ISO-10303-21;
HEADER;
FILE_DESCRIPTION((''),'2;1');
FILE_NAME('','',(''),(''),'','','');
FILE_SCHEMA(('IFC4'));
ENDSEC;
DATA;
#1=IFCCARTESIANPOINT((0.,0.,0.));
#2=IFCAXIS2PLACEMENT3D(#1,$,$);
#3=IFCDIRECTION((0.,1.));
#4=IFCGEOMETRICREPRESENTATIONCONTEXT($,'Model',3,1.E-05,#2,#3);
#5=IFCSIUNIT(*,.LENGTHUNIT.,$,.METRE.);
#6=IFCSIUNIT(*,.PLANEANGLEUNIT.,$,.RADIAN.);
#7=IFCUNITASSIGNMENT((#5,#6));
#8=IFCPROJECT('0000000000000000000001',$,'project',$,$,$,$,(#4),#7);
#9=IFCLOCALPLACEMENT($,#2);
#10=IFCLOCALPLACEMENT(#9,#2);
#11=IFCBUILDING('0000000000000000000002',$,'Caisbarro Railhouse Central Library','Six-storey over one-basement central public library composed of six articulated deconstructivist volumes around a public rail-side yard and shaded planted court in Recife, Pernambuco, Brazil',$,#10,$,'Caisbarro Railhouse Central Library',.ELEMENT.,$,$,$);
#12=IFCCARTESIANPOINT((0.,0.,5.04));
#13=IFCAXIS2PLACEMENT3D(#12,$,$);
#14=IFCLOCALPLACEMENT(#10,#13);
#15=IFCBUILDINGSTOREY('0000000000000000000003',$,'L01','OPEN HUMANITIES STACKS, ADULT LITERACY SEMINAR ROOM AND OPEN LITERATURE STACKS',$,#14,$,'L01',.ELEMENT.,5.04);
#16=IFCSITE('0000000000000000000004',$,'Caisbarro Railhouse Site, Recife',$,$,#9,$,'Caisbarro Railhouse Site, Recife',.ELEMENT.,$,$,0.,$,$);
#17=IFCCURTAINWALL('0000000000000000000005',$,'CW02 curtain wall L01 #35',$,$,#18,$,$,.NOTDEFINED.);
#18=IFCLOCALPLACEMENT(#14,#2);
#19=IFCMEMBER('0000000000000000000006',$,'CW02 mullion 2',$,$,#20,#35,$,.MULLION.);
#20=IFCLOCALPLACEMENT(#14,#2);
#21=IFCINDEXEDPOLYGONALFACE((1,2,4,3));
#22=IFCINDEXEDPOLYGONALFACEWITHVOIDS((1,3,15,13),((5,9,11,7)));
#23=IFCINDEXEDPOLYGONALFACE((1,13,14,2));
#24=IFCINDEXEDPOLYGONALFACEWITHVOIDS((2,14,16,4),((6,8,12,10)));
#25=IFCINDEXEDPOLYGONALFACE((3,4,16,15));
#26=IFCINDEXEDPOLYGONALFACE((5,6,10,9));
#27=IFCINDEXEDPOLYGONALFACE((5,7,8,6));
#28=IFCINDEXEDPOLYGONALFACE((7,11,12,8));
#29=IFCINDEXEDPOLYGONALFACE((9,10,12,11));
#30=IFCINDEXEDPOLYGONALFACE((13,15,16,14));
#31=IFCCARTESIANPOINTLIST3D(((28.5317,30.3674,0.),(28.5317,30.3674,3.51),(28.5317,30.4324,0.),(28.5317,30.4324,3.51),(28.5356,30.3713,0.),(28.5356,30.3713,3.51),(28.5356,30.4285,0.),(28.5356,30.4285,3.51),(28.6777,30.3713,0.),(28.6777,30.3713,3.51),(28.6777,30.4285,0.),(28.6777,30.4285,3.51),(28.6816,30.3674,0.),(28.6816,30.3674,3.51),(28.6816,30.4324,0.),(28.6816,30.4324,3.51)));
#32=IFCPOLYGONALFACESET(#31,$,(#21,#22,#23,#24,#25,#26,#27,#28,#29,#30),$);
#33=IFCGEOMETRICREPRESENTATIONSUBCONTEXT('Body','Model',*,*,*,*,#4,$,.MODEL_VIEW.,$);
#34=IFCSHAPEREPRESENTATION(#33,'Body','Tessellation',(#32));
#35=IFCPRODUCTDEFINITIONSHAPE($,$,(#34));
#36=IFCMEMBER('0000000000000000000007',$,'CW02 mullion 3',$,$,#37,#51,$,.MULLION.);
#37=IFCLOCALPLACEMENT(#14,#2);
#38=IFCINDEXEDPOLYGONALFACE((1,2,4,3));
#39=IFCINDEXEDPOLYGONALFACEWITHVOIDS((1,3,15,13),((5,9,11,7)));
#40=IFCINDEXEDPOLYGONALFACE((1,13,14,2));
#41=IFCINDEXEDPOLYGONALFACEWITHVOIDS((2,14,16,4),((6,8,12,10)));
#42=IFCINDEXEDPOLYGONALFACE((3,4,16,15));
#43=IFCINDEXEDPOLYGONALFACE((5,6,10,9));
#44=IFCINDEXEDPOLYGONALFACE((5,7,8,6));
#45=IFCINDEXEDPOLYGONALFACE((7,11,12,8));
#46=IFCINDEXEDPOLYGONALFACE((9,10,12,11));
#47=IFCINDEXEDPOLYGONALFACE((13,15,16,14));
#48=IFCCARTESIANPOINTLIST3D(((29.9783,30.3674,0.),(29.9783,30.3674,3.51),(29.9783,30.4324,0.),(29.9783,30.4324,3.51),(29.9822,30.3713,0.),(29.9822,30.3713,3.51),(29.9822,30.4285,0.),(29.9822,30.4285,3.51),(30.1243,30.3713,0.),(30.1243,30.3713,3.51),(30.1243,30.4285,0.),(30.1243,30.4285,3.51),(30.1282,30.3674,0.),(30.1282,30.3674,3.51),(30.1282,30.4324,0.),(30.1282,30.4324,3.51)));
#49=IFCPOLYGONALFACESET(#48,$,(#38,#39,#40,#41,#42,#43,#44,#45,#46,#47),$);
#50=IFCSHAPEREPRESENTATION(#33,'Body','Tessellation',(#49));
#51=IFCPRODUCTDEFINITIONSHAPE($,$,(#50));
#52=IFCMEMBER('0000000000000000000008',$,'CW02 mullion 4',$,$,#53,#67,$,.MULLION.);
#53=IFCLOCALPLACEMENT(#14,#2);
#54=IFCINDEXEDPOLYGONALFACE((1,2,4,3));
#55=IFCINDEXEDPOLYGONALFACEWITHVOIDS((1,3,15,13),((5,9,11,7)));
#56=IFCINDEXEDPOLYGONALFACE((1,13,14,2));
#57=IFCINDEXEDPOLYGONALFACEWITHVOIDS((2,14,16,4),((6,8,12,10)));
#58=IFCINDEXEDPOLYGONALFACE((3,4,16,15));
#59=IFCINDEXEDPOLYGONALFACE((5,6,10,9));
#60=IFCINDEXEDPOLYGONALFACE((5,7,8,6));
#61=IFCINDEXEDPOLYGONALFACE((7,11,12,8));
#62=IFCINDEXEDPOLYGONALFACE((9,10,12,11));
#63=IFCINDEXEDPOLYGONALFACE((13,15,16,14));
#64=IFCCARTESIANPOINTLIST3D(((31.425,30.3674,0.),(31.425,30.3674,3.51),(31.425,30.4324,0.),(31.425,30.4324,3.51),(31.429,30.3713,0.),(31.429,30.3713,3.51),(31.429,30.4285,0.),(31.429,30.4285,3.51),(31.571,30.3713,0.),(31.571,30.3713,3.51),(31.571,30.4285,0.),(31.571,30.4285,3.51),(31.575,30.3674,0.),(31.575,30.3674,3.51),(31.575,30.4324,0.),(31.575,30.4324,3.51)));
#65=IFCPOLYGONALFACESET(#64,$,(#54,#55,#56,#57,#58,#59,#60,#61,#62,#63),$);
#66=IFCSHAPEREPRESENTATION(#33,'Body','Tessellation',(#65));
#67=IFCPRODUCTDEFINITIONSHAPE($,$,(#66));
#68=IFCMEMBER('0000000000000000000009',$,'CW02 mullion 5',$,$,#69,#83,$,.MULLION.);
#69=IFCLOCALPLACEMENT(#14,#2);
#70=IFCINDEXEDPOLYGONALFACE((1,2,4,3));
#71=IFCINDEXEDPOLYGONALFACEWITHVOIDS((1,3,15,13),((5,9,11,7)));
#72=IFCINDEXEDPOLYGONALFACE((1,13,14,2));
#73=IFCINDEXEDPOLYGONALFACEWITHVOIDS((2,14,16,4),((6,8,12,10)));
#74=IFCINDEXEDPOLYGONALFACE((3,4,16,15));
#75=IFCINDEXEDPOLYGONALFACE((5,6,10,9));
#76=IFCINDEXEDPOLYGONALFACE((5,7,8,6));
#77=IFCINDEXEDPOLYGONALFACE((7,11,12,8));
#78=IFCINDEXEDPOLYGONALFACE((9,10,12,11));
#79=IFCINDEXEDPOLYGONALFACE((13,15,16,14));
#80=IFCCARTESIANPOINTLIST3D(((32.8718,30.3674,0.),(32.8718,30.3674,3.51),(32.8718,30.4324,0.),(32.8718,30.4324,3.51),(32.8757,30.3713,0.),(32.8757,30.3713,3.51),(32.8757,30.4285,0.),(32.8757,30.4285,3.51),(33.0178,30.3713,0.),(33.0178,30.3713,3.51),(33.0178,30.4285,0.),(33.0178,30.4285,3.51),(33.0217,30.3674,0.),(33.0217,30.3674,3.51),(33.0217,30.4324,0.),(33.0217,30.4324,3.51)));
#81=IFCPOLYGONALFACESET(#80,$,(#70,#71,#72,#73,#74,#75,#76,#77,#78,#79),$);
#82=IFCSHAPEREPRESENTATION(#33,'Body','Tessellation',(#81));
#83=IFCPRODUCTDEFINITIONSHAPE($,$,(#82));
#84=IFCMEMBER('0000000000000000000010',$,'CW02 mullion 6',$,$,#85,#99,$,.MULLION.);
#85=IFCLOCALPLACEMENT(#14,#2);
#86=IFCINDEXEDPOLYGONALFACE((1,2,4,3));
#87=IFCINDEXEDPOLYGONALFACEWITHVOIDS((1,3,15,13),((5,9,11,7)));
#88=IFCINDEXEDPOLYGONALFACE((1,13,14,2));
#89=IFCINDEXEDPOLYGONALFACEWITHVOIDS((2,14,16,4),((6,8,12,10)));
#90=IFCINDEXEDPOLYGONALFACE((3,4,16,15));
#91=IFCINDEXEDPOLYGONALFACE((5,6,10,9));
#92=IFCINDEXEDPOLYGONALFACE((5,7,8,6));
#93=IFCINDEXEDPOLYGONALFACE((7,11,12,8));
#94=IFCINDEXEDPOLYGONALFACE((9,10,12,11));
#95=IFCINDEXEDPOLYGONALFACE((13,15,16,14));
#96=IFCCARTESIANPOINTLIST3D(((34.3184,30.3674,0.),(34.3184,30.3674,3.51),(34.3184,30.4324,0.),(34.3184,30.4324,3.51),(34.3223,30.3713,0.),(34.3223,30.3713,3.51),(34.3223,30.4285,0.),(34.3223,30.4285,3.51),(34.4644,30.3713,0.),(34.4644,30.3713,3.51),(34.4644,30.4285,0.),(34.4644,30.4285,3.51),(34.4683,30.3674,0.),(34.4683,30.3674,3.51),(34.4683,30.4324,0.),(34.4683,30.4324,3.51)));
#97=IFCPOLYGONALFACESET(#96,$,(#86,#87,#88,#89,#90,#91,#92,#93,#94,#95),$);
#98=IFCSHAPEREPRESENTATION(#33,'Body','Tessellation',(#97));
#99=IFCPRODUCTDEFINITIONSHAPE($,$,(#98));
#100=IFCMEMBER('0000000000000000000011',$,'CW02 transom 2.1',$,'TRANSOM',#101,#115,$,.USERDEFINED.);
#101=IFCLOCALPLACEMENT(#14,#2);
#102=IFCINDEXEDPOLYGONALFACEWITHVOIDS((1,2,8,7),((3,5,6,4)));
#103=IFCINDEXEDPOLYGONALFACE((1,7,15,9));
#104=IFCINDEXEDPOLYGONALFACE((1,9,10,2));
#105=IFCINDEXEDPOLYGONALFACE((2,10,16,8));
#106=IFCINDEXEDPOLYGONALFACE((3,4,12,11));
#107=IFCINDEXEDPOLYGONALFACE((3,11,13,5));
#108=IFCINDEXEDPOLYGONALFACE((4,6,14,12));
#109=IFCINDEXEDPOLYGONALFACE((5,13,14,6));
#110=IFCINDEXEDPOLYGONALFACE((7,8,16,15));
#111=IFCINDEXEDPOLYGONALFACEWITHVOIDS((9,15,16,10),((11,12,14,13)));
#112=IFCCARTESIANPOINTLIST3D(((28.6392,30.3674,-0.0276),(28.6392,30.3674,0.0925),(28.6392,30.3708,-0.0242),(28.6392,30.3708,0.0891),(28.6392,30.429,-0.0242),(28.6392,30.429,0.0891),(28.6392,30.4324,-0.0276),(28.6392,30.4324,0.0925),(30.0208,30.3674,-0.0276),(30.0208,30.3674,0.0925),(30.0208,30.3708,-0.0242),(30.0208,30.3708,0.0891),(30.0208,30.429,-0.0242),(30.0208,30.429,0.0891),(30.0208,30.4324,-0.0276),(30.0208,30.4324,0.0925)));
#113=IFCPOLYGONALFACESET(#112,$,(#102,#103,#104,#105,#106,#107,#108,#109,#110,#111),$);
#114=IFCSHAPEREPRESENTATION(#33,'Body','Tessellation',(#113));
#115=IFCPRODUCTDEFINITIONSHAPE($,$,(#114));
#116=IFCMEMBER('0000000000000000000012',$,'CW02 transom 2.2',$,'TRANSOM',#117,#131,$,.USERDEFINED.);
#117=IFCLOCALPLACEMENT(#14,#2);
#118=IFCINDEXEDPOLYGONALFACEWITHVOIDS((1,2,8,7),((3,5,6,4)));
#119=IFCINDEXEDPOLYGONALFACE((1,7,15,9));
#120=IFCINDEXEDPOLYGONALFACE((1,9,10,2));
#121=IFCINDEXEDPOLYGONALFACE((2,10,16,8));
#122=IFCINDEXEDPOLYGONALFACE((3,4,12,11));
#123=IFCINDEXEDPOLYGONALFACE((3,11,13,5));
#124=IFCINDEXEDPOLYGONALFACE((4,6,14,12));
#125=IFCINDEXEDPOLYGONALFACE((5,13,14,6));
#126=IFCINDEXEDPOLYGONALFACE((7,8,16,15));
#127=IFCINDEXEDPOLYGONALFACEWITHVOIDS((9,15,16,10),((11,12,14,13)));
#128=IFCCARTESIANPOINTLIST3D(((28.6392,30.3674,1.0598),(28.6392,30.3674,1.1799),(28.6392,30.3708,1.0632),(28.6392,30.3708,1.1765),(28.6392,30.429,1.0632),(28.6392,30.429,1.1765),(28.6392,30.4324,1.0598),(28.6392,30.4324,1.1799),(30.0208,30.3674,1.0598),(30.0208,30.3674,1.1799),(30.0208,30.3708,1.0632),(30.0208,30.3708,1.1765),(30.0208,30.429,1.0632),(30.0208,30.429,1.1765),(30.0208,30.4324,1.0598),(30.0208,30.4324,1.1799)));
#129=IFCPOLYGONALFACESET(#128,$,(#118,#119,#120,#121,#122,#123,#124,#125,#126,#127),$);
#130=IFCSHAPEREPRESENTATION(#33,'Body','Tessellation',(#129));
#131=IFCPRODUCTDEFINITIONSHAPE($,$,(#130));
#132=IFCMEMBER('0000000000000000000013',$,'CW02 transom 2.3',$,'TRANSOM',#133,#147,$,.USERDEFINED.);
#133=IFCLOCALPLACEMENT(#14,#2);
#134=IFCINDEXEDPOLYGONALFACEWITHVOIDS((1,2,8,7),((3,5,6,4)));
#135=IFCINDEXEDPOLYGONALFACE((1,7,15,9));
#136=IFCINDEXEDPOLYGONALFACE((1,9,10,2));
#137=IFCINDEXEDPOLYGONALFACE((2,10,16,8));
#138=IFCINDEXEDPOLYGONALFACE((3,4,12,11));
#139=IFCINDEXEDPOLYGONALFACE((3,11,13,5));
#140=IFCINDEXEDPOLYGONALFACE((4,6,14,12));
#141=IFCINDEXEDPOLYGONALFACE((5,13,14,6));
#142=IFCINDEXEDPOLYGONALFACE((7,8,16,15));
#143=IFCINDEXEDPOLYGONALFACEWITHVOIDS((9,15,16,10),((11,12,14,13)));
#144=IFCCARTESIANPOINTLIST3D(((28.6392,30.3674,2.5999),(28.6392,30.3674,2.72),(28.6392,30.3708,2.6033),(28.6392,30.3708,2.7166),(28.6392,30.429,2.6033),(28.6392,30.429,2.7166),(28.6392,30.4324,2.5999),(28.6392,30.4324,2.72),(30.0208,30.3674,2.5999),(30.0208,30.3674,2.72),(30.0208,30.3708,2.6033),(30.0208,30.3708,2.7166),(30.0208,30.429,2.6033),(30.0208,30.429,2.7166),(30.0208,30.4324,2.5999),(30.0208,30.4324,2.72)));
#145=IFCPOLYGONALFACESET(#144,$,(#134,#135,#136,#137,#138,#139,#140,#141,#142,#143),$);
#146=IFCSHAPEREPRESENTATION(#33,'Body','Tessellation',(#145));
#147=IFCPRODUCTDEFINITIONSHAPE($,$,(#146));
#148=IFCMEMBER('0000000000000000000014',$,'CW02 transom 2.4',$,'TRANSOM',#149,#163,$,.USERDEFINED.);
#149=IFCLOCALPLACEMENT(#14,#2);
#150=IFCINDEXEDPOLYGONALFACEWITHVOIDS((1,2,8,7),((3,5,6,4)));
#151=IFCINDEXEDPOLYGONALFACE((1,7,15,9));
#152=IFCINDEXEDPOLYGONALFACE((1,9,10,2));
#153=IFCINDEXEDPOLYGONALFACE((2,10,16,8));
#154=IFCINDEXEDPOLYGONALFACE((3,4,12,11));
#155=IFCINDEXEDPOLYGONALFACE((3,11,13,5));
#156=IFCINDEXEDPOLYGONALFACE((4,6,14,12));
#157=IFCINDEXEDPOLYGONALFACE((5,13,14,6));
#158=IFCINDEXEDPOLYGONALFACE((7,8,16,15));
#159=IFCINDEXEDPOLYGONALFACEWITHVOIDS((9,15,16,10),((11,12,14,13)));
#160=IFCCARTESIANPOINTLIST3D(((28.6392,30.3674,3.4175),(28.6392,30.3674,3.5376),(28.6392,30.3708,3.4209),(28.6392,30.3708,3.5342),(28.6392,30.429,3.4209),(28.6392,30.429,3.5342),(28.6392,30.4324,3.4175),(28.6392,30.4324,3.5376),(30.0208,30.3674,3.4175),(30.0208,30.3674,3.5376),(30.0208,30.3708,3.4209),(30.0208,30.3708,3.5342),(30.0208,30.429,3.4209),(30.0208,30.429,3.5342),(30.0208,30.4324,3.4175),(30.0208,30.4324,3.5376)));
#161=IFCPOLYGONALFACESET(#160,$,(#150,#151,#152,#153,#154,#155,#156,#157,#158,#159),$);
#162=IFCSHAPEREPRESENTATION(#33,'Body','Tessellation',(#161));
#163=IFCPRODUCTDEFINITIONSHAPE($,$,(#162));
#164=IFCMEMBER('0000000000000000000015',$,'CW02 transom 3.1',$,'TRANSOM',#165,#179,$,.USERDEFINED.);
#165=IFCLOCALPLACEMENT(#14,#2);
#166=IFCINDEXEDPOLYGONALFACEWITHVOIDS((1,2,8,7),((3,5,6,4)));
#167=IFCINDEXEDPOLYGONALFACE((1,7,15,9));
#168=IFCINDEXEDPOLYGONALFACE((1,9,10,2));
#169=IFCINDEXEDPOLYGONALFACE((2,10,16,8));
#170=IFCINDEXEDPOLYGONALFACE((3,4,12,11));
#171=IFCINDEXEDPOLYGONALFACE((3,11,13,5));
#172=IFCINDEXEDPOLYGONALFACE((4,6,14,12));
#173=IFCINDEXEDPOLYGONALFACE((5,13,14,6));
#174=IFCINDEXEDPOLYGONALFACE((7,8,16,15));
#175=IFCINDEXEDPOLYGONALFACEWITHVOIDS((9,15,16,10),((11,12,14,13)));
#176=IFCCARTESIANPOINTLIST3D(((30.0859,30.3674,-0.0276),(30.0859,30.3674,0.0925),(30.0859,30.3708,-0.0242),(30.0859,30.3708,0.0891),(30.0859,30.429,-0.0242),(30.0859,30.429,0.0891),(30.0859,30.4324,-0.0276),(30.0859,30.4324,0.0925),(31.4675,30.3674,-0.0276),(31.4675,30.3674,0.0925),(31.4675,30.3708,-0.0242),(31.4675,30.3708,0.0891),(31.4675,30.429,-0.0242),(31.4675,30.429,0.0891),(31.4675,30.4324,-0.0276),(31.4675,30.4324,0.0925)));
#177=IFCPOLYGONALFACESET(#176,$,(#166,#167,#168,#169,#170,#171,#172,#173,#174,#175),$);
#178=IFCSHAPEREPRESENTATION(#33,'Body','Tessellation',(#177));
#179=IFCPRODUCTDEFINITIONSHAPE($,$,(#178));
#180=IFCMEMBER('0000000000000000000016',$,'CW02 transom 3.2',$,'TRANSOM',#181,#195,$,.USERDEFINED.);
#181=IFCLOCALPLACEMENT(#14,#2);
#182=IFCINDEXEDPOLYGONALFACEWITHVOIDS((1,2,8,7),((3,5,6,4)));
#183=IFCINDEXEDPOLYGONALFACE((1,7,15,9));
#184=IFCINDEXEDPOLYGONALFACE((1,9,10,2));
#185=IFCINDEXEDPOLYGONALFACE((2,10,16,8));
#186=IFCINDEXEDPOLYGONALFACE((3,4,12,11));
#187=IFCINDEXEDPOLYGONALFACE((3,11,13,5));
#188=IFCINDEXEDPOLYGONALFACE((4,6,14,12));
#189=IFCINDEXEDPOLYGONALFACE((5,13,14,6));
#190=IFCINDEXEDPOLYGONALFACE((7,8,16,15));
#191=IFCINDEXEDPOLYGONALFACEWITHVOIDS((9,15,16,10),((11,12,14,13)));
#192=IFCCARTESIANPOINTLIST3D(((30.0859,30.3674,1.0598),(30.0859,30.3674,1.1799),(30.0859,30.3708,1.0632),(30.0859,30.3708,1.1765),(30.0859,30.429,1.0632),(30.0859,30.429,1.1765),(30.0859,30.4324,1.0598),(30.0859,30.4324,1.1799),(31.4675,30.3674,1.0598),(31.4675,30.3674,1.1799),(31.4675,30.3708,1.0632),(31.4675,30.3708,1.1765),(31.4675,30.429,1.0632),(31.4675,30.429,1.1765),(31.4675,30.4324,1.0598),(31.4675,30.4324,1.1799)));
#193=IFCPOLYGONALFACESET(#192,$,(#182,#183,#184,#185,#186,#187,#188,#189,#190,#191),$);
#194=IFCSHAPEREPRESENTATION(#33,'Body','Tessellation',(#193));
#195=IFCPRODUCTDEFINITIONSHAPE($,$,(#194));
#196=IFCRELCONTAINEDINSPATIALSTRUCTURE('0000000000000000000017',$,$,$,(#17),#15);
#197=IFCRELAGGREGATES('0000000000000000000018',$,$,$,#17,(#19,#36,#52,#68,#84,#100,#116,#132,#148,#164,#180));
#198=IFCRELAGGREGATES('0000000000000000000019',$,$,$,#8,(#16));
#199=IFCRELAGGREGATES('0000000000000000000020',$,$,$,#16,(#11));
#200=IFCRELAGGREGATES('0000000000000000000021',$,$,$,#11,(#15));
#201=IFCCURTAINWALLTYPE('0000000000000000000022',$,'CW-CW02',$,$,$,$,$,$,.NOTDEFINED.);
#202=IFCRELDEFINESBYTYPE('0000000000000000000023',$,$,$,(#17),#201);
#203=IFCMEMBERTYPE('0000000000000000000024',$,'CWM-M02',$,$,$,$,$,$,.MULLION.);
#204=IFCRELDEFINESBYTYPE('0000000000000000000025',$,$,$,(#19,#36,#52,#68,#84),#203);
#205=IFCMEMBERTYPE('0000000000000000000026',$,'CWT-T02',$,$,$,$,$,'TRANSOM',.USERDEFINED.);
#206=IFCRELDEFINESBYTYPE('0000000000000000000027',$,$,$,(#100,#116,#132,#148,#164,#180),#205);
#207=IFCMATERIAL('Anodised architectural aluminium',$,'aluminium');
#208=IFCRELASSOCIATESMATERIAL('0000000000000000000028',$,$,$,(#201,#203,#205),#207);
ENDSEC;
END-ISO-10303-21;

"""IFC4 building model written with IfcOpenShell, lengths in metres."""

from ifc_helpers import new_model, si_unit, direction, frame, origin, origin_2d, place, context, subcontext, project, spatial, hollow_rectangle, extrude, material, material_profile, profile_set, type_object, element, aggregate, save


model = new_model("IFC4")

# Units and contexts
model_context = context("Model", 3, precision=1e-05, world=origin(), true_north=direction((0.0, 1.0)))
body_context = subcontext(model_context, "Body", "Model", "MODEL_VIEW")
ifc_project = project(units=[si_unit("LENGTHUNIT", "METRE"), si_unit("PLANEANGLEUNIT", "RADIAN")], contexts=[model_context])

# Site, building, storey
site_placement = place(None, origin())
site = spatial("IfcSite", under=ifc_project, at=site_placement, Name="Caisbarro Railhouse Site, Recife", LongName="Caisbarro Railhouse Site, Recife", CompositionType="ELEMENT", RefElevation=0.0)
building_placement = place(site_placement, origin())
building = spatial("IfcBuilding", under=site, at=building_placement, Name="Caisbarro Railhouse Central Library", Description="Six-storey over one-basement central public library composed of six articulated deconstructivist volumes around a public rail-side yard and shaded planted court in Recife, Pernambuco, Brazil", LongName="Caisbarro Railhouse Central Library", CompositionType="ELEMENT")
storey_placement = place(building_placement, frame((0.0, 0.0, 5.04)))
storey = spatial("IfcBuildingStorey", under=building, at=storey_placement, Name="L01", Description="OPEN HUMANITIES STACKS, ADULT LITERACY SEMINAR ROOM AND OPEN LITERATURE STACKS", LongName="L01", CompositionType="ELEMENT", Elevation=5.04)

# Curtain wall, members
ifc_material_1 = material(Name="Anodised architectural aluminium", Category="aluminium")
curtain_wall_type = type_object("IfcCurtainWallType", Name="CW-CW02", PredefinedType="NOTDEFINED", material=ifc_material_1)
curtain_wall_placement = place(storey_placement, origin())
curtain_wall = element("IfcCurtainWall", 1, at=curtain_wall_placement, inside=storey, type_object=curtain_wall_type, Name="CW02 curtain wall L01 #35", PredefinedType="NOTDEFINED")
ifc_material_profile_1 = material_profile(ifc_material_1, hollow_rectangle(XDim=0.0649, YDim=0.1499, WallThickness=0.0039, at=origin_2d()), Name="ALU-MUL-65X150")
ifc_profile_set_1 = profile_set([ifc_material_profile_1], Name="Anodised architectural aluminium")
member_type_1 = type_object("IfcMemberType", Name="CWM-M02", PredefinedType="MULLION", material=ifc_profile_set_1)
member_1_placement = place(storey_placement, frame((28.6067, 30.3999, 0.0), z_axis=(0.0, 0.0, 1.0), x_axis=(0.0, 1.0, 0.0)))
member_1 = element("IfcMember", 2, at=member_1_placement, type_object=member_type_1, Name="CW02 mullion 2", PredefinedType="MULLION", context=body_context, shape_type="SweptSolid", body=[
    extrude(hollow_rectangle(XDim=0.0649, YDim=0.1499, WallThickness=0.0039, at=origin_2d()), origin(), (0.0, 0.0, 1.0), 3.51),
])
member_2_placement = place(storey_placement, frame((30.0532, 30.3999, 0.0), z_axis=(0.0, 0.0, 1.0), x_axis=(0.0, 1.0, 0.0)))
member_2 = element("IfcMember", 3, at=member_2_placement, type_object=member_type_1, Name="CW02 mullion 3", PredefinedType="MULLION", context=body_context, shape_type="SweptSolid", body=[
    extrude(hollow_rectangle(XDim=0.0649, YDim=0.1499, WallThickness=0.0039, at=origin_2d()), origin(), (0.0, 0.0, 1.0), 3.51),
])
member_3_placement = place(storey_placement, frame((31.5, 30.3999, 0.0), z_axis=(0.0, 0.0, 1.0), x_axis=(0.0, 1.0, 0.0)))
member_3 = element("IfcMember", 4, at=member_3_placement, type_object=member_type_1, Name="CW02 mullion 4", PredefinedType="MULLION", context=body_context, shape_type="SweptSolid", body=[
    extrude(hollow_rectangle(XDim=0.0649, YDim=0.1499, WallThickness=0.0039, at=origin_2d()), origin(), (0.0, 0.0, 1.0), 3.51),
])
member_4_placement = place(storey_placement, frame((32.9468, 30.3999, 0.0), z_axis=(0.0, 0.0, 1.0), x_axis=(0.0, 1.0, 0.0)))
member_4 = element("IfcMember", 5, at=member_4_placement, type_object=member_type_1, Name="CW02 mullion 5", PredefinedType="MULLION", context=body_context, shape_type="SweptSolid", body=[
    extrude(hollow_rectangle(XDim=0.0649, YDim=0.1499, WallThickness=0.0039, at=origin_2d()), origin(), (0.0, 0.0, 1.0), 3.51),
])
member_5_placement = place(storey_placement, frame((34.3933, 30.3999, 0.0), z_axis=(0.0, 0.0, 1.0), x_axis=(0.0, 1.0, 0.0)))
member_5 = element("IfcMember", 6, at=member_5_placement, type_object=member_type_1, Name="CW02 mullion 6", PredefinedType="MULLION", context=body_context, shape_type="SweptSolid", body=[
    extrude(hollow_rectangle(XDim=0.0649, YDim=0.1499, WallThickness=0.0039, at=origin_2d()), origin(), (0.0, 0.0, 1.0), 3.51),
])
ifc_material_profile_2 = material_profile(ifc_material_1, hollow_rectangle(XDim=0.0649, YDim=0.1201, WallThickness=0.0034, at=origin_2d()), Name="ALU-TRN-65X120")
ifc_profile_set_2 = profile_set([ifc_material_profile_2], Name="Anodised architectural aluminium")
member_type_2 = type_object("IfcMemberType", Name="CWT-T02", ElementType="TRANSOM", PredefinedType="USERDEFINED", material=ifc_profile_set_2)
member_6_placement = place(storey_placement, frame((28.6392, 30.3999, 0.0325), z_axis=(1.0, 0.0, 0.0), x_axis=(0.0, 1.0, 0.0)))
member_6 = element("IfcMember", 7, at=member_6_placement, type_object=member_type_2, Name="CW02 transom 2.1", ObjectType="TRANSOM", PredefinedType="USERDEFINED", context=body_context, shape_type="SweptSolid", body=[
    extrude(hollow_rectangle(XDim=0.0649, YDim=0.1201, WallThickness=0.0034, at=origin_2d()), origin(), (0.0, 0.0, 1.0), 1.3816),
])
member_7_placement = place(storey_placement, frame((28.6392, 30.3999, 1.1199), z_axis=(1.0, 0.0, 0.0), x_axis=(0.0, 1.0, 0.0)))
member_7 = element("IfcMember", 8, at=member_7_placement, type_object=member_type_2, Name="CW02 transom 2.2", ObjectType="TRANSOM", PredefinedType="USERDEFINED", context=body_context, shape_type="SweptSolid", body=[
    extrude(hollow_rectangle(XDim=0.0649, YDim=0.1201, WallThickness=0.0034, at=origin_2d()), origin(), (0.0, 0.0, 1.0), 1.3816),
])
member_8_placement = place(storey_placement, frame((28.6392, 30.3999, 2.6599), z_axis=(1.0, 0.0, 0.0), x_axis=(0.0, 1.0, 0.0)))
member_8 = element("IfcMember", 9, at=member_8_placement, type_object=member_type_2, Name="CW02 transom 2.3", ObjectType="TRANSOM", PredefinedType="USERDEFINED", context=body_context, shape_type="SweptSolid", body=[
    extrude(hollow_rectangle(XDim=0.0649, YDim=0.1201, WallThickness=0.0034, at=origin_2d()), origin(), (0.0, 0.0, 1.0), 1.3816),
])
member_9_placement = place(storey_placement, frame((28.6392, 30.3999, 3.4775), z_axis=(1.0, 0.0, 0.0), x_axis=(0.0, 1.0, 0.0)))
member_9 = element("IfcMember", 10, at=member_9_placement, type_object=member_type_2, Name="CW02 transom 2.4", ObjectType="TRANSOM", PredefinedType="USERDEFINED", context=body_context, shape_type="SweptSolid", body=[
    extrude(hollow_rectangle(XDim=0.0649, YDim=0.1201, WallThickness=0.0034, at=origin_2d()), origin(), (0.0, 0.0, 1.0), 1.3816),
])
member_10_placement = place(storey_placement, frame((30.0859, 30.3999, 0.0325), z_axis=(1.0, 0.0, 0.0), x_axis=(0.0, 1.0, 0.0)))
member_10 = element("IfcMember", 11, at=member_10_placement, type_object=member_type_2, Name="CW02 transom 3.1", ObjectType="TRANSOM", PredefinedType="USERDEFINED", context=body_context, shape_type="SweptSolid", body=[
    extrude(hollow_rectangle(XDim=0.0649, YDim=0.1201, WallThickness=0.0034, at=origin_2d()), origin(), (0.0, 0.0, 1.0), 1.3816),
])
member_11_placement = place(storey_placement, frame((30.0859, 30.3999, 1.1199), z_axis=(1.0, 0.0, 0.0), x_axis=(0.0, 1.0, 0.0)))
member_11 = element("IfcMember", 12, at=member_11_placement, type_object=member_type_2, Name="CW02 transom 3.2", ObjectType="TRANSOM", PredefinedType="USERDEFINED", context=body_context, shape_type="SweptSolid", body=[
    extrude(hollow_rectangle(XDim=0.0649, YDim=0.1201, WallThickness=0.0034, at=origin_2d()), origin(), (0.0, 0.0, 1.0), 1.3816),
])
aggregate(curtain_wall, [member_1, member_2, member_3, member_4, member_5, member_6, member_7, member_8, member_9, member_10, member_11])

save(model, "model.ifc")
